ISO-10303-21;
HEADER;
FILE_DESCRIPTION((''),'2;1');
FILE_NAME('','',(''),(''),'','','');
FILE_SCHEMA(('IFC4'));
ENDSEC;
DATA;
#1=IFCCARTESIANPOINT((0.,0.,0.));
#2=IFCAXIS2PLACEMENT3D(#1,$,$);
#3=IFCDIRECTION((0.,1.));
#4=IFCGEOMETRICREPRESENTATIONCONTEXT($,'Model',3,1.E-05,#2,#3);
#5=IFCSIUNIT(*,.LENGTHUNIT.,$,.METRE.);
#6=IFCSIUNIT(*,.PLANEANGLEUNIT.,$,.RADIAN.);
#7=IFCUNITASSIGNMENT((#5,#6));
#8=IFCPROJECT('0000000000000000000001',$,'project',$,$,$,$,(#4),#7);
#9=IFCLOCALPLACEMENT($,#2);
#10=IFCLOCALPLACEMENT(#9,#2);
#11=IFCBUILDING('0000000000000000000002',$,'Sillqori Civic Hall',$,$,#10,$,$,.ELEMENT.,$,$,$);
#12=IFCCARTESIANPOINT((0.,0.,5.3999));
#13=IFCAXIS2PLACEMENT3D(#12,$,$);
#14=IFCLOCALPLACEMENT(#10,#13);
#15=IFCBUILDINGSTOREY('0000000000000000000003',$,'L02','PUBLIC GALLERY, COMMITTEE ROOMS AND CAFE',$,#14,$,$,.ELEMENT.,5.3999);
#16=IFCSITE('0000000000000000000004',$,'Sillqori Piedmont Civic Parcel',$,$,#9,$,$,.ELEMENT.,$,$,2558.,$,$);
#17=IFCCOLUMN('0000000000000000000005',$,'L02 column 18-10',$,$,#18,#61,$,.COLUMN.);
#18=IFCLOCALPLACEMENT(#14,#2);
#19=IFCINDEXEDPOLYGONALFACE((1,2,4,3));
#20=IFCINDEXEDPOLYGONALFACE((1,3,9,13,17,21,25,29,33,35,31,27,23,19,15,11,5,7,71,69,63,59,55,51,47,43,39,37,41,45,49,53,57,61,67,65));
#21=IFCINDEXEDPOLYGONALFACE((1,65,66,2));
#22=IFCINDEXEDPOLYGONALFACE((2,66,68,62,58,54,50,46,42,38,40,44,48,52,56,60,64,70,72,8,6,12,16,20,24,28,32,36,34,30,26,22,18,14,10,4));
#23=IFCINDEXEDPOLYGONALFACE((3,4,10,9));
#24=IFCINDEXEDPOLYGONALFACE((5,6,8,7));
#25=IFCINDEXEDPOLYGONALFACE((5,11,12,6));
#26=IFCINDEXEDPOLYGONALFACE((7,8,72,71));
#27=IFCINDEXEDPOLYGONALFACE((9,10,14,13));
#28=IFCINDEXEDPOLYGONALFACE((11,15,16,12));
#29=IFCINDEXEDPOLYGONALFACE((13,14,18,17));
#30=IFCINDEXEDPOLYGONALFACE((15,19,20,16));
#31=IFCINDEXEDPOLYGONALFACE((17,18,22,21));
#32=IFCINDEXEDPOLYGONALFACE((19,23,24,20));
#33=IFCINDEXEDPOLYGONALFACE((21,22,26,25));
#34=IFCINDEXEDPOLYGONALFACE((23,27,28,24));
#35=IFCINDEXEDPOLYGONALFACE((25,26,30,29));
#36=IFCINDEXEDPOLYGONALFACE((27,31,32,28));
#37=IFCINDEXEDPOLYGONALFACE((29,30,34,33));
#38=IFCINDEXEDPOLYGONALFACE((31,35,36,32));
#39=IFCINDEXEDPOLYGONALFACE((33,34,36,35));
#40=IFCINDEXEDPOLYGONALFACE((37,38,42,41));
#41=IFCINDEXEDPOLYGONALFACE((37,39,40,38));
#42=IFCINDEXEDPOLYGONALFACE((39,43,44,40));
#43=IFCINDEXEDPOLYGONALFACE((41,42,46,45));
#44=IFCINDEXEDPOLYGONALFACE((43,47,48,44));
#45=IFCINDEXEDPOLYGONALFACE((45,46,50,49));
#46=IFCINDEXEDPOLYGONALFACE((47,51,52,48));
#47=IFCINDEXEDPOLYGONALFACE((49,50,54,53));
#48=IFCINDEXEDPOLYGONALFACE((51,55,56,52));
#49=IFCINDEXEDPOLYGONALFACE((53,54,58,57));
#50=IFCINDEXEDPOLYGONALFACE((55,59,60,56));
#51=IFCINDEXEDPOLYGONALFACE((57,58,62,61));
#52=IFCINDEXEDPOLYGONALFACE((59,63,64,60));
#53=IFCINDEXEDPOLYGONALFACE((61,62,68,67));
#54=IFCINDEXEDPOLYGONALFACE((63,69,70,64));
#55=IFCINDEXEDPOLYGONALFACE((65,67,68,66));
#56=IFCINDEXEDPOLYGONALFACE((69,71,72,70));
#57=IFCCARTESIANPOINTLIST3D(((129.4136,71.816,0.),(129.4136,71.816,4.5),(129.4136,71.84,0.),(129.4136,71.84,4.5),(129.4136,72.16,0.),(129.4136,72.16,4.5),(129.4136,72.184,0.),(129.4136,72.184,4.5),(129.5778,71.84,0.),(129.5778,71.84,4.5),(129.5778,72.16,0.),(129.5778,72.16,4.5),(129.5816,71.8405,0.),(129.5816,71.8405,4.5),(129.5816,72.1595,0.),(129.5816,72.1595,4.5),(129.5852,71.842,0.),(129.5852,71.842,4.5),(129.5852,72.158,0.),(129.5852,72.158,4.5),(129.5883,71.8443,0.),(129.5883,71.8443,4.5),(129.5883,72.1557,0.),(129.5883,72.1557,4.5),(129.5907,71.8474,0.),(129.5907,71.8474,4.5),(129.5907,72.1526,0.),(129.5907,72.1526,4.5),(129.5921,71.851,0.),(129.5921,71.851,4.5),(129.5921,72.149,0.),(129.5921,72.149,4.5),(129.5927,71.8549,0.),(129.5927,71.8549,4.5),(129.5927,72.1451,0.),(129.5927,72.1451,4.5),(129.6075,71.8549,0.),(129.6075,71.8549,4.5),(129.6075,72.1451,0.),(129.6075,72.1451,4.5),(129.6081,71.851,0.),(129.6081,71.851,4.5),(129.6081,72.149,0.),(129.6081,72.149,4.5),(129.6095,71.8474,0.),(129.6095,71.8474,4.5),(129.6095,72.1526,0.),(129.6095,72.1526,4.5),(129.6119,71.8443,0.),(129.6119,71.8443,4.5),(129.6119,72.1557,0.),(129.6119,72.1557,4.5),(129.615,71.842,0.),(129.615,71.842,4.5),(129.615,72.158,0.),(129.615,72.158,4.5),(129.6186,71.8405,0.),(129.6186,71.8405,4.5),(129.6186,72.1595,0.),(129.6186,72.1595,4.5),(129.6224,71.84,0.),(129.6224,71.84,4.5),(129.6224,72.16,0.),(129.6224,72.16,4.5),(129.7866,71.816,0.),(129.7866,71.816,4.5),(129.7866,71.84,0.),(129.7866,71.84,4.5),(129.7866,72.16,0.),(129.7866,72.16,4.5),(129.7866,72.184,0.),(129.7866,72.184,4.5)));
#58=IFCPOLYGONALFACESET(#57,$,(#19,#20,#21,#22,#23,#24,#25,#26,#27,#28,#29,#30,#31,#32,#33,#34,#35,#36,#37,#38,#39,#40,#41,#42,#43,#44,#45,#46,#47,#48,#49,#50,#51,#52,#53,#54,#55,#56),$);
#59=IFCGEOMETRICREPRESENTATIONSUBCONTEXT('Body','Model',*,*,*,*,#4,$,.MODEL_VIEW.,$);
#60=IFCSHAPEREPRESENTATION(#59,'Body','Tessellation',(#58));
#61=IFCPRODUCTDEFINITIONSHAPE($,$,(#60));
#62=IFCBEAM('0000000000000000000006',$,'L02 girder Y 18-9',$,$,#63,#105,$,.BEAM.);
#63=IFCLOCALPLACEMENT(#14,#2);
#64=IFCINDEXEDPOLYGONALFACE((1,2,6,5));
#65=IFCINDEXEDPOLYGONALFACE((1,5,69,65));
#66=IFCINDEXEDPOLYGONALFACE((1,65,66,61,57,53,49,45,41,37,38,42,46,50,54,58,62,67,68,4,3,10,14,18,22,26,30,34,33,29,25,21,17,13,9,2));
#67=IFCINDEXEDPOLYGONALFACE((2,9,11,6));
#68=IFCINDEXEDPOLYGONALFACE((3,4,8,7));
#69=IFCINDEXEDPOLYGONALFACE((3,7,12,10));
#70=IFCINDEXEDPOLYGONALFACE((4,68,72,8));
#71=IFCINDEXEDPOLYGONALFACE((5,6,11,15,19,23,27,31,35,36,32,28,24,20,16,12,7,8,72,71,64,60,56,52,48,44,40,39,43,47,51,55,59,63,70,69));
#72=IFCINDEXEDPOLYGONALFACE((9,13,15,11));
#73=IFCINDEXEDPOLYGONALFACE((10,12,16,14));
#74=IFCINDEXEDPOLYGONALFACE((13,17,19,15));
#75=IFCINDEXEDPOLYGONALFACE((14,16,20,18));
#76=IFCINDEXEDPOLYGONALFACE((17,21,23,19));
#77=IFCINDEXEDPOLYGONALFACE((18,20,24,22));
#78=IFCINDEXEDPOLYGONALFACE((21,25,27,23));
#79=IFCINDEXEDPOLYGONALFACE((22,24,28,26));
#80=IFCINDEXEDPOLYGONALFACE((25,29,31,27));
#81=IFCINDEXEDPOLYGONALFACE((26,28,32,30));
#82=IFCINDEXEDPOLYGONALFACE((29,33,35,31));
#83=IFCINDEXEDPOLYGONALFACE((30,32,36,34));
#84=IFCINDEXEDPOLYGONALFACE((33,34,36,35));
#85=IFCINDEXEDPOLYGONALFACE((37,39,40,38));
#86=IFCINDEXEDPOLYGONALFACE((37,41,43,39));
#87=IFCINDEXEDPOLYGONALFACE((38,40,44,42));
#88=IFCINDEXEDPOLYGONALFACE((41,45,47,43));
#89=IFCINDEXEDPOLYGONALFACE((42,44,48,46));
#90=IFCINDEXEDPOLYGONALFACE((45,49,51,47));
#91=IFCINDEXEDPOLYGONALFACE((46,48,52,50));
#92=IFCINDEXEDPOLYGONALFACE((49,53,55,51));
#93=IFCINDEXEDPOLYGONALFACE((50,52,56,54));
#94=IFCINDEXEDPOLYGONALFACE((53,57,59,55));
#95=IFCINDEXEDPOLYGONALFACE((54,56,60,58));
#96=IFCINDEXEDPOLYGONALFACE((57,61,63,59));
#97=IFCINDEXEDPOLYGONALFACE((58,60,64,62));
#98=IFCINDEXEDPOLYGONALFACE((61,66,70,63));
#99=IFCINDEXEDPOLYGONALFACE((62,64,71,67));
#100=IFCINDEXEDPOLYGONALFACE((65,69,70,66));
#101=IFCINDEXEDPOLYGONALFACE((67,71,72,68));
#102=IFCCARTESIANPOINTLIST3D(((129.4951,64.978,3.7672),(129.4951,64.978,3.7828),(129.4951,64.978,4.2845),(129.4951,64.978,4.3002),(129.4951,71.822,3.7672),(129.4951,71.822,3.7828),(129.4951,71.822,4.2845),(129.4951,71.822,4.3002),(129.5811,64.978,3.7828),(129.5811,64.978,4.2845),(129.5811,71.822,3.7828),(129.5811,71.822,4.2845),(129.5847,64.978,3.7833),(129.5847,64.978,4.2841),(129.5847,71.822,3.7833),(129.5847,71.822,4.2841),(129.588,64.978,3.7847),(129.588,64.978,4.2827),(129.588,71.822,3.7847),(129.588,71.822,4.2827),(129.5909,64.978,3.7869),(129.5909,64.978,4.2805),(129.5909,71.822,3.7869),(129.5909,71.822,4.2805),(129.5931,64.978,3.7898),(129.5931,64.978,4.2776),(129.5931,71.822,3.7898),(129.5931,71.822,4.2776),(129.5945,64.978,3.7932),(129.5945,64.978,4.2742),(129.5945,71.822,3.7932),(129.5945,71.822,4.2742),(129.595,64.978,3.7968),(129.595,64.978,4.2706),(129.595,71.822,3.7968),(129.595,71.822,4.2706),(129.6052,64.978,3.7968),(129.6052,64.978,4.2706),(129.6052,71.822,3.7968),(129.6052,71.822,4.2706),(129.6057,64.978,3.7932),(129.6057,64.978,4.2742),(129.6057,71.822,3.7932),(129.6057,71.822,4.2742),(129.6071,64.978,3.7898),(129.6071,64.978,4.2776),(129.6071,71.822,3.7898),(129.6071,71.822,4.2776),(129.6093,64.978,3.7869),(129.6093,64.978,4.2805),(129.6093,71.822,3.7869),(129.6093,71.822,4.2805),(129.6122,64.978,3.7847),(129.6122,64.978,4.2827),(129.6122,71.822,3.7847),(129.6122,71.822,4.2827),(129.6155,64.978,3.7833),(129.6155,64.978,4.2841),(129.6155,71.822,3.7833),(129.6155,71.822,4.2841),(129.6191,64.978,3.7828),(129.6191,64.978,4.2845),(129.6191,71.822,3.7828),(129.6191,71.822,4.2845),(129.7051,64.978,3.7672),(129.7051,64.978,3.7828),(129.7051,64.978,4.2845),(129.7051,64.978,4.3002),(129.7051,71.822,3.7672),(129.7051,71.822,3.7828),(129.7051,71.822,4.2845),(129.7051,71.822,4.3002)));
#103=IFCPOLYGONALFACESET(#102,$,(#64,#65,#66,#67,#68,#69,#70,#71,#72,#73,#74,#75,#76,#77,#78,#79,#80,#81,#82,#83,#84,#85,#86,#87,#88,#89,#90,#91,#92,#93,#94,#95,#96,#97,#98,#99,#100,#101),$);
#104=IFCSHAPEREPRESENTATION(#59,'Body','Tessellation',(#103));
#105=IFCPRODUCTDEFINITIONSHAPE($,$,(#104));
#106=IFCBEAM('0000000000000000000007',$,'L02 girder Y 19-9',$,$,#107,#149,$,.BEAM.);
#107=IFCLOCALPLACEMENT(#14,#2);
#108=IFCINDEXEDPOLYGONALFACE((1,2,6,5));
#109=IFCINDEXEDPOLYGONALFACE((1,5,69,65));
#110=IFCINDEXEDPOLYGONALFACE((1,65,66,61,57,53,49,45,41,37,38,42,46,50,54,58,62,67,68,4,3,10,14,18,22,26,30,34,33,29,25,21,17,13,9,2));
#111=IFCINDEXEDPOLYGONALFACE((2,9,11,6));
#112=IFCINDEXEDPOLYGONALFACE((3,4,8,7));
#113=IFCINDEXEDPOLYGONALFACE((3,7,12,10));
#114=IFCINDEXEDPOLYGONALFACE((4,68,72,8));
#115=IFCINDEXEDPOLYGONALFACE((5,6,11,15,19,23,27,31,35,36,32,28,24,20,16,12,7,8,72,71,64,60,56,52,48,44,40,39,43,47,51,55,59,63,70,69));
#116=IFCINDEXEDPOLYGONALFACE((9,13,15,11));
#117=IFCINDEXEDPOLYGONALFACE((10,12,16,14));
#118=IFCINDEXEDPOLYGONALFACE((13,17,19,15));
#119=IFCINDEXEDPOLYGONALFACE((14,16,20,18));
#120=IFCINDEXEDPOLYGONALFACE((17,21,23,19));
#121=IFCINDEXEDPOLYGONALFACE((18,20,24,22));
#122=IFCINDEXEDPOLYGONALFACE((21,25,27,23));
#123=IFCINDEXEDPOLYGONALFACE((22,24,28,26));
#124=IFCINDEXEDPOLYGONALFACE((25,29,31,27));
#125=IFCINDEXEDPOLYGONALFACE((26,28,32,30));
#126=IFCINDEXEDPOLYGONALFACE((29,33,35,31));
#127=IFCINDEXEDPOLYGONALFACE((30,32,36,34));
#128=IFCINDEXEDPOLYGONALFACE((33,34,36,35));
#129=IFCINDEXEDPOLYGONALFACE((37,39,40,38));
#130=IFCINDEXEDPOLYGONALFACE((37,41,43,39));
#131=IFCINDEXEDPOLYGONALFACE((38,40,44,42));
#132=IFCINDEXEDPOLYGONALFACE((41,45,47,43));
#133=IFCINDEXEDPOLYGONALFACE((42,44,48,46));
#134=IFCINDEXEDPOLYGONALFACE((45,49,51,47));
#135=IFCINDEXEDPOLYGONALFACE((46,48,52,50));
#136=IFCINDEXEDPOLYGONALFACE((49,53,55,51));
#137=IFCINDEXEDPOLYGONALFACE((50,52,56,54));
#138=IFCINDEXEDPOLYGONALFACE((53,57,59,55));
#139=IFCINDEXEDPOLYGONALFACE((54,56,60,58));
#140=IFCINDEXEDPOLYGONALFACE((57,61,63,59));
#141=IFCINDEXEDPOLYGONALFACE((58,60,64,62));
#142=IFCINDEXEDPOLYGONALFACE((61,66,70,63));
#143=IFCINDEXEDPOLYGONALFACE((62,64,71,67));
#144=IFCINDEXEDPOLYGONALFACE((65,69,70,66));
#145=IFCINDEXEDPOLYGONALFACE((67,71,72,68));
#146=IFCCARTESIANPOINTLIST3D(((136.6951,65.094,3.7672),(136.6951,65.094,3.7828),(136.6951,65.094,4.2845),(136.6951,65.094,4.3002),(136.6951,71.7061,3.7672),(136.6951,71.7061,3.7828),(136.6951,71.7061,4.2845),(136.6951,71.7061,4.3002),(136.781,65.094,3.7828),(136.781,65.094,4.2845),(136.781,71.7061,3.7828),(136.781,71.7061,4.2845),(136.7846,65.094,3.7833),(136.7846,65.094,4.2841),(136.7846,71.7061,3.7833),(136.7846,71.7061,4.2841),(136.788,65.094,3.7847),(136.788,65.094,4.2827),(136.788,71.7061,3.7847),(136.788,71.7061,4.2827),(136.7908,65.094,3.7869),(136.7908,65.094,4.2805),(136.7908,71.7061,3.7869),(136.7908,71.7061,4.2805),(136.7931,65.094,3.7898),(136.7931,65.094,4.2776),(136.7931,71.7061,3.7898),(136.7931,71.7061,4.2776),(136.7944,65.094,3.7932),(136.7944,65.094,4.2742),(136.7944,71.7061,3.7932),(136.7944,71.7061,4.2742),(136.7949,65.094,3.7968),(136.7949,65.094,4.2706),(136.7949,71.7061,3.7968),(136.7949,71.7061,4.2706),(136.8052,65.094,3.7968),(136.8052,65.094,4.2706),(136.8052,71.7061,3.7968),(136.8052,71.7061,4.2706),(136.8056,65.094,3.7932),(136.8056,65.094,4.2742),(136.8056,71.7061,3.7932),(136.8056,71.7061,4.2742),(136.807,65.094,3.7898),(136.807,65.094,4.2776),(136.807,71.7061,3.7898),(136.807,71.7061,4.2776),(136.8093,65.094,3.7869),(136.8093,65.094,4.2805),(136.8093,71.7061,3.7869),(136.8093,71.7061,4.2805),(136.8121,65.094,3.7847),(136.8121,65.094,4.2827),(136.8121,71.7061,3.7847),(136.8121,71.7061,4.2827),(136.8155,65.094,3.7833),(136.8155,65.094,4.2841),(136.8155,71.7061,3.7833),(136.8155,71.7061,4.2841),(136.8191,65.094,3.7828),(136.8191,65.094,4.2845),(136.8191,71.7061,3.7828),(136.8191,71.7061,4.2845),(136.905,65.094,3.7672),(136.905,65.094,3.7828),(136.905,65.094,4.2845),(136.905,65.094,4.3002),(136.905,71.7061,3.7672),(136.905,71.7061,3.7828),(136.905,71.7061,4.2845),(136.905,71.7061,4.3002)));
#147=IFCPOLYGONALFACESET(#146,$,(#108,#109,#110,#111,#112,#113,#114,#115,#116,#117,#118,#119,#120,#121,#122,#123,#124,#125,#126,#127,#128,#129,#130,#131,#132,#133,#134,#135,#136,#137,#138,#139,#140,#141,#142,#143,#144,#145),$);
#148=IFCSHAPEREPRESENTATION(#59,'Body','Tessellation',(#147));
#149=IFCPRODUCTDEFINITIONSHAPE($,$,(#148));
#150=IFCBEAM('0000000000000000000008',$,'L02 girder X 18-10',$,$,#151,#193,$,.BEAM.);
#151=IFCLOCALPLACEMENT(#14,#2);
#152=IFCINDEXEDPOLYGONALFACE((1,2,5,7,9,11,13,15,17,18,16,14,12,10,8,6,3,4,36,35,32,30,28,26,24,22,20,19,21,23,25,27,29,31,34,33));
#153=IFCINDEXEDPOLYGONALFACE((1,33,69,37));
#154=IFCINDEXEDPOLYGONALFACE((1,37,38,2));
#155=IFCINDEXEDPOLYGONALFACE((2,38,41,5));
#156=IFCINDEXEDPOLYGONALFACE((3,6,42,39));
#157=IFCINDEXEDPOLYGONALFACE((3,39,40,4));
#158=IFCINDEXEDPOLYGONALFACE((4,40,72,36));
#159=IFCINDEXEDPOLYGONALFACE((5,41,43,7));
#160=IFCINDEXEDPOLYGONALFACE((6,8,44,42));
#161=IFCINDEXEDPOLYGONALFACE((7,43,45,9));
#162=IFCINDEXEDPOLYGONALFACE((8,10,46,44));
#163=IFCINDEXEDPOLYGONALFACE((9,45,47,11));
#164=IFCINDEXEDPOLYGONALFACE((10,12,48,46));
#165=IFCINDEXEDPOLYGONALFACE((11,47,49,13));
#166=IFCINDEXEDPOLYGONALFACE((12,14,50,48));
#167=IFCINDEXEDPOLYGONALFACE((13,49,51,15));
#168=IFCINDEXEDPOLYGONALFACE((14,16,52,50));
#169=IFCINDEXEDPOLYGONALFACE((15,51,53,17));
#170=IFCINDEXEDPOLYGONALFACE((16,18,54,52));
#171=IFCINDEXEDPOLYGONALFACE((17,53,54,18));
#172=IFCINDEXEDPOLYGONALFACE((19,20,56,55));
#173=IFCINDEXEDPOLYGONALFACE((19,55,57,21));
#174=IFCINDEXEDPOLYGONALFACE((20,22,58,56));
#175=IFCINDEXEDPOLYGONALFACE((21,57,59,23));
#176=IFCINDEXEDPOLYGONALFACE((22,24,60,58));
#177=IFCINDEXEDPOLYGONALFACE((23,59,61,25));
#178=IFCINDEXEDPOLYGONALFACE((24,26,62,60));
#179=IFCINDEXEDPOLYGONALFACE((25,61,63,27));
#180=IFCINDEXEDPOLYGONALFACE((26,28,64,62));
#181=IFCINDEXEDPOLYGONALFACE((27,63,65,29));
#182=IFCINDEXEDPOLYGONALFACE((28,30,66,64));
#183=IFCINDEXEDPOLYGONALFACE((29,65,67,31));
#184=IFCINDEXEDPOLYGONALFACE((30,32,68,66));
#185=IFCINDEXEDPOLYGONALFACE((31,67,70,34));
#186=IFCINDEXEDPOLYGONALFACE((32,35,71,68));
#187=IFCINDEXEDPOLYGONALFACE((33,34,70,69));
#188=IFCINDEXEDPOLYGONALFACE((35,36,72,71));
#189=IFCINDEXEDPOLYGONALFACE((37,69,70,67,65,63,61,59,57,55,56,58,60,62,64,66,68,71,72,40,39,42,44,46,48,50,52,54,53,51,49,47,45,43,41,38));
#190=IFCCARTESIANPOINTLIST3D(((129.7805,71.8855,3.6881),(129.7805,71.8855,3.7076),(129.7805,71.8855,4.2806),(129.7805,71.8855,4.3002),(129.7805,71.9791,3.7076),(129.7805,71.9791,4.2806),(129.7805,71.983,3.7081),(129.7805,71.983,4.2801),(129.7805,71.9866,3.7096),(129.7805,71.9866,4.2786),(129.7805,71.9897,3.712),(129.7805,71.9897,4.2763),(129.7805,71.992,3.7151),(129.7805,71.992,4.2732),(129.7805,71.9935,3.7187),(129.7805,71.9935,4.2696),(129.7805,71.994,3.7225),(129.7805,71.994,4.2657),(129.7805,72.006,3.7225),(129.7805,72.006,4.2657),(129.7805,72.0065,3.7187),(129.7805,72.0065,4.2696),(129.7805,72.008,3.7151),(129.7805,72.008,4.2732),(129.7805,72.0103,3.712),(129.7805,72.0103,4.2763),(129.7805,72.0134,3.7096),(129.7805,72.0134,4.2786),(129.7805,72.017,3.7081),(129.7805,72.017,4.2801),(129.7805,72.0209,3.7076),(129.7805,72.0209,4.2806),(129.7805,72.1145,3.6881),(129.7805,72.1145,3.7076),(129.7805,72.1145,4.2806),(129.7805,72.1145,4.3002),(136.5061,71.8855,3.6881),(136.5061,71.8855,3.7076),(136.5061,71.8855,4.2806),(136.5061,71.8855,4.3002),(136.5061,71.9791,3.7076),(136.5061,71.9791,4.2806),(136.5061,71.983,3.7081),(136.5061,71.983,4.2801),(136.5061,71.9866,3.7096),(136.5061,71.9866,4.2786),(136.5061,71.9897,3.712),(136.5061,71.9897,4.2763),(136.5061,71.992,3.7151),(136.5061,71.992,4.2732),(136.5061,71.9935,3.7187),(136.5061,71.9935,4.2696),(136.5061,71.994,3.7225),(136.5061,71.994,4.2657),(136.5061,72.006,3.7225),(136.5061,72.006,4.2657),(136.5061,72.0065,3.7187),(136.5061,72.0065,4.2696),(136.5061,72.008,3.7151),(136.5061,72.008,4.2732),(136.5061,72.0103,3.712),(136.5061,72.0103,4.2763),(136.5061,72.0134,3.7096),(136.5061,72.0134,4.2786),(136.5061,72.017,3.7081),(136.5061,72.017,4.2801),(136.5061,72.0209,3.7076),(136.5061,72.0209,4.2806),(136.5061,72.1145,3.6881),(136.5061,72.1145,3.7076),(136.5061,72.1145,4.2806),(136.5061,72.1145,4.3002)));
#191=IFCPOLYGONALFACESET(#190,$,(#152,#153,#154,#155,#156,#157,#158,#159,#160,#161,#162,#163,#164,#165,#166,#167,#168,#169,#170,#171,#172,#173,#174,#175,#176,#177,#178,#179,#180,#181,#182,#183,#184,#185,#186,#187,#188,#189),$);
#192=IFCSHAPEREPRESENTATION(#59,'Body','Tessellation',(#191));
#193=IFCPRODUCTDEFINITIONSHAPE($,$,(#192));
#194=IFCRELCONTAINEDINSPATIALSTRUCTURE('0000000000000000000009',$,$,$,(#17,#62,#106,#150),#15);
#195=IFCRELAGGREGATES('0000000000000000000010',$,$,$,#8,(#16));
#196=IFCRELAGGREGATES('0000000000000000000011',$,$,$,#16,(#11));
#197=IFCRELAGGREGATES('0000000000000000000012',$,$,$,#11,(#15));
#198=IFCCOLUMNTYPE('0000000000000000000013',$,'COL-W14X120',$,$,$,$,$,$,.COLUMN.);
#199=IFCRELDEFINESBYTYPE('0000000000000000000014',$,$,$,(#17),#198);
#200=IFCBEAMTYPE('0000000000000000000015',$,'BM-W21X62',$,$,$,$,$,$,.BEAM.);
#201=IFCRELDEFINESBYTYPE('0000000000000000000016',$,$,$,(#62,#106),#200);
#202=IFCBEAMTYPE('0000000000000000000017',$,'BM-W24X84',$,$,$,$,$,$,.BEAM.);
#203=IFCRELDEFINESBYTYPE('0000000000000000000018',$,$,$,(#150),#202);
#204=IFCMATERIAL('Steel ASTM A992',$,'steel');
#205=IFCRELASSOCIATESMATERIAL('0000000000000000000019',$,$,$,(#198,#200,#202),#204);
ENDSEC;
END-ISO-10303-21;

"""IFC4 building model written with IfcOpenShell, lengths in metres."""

from ifc_helpers import new_model, si_unit, direction, frame, origin, origin_2d, place, context, subcontext, project, spatial, i_section, extrude, material, material_profile, profile_set, type_object, element, save


model = new_model("IFC4")

# Units and contexts
model_context = context("Model", 3, precision=1e-05, world=origin(), true_north=direction((0.0, 1.0)))
body_context = subcontext(model_context, "Body", "Model", "MODEL_VIEW")
ifc_project = project(units=[si_unit("LENGTHUNIT", "METRE"), si_unit("PLANEANGLEUNIT", "RADIAN")], contexts=[model_context])

# Site, building, storey
site_placement = place(None, origin())
site = spatial("IfcSite", under=ifc_project, at=site_placement, Name="Sillqori Piedmont Civic Parcel", CompositionType="ELEMENT", RefElevation=2558.0)
building_placement = place(site_placement, origin())
building = spatial("IfcBuilding", under=site, at=building_placement, Name="Sillqori Civic Hall", CompositionType="ELEMENT")
storey_placement = place(building_placement, frame((0.0, 0.0, 5.3999)))
storey = spatial("IfcBuildingStorey", under=building, at=storey_placement, Name="L02", Description="PUBLIC GALLERY, COMMITTEE ROOMS AND CAFE", CompositionType="ELEMENT", Elevation=5.3999)

# Column
ifc_material_1 = material(Name="Steel ASTM A992", Category="steel")
ifc_material_profile_1 = material_profile(ifc_material_1, i_section(OverallWidth=0.373, OverallDepth=0.3679, WebThickness=0.0149, FlangeThickness=0.0239, FilletRadius=0.0149, at=origin_2d()), Name="W14X120")
ifc_profile_set_1 = profile_set([ifc_material_profile_1], Name="Steel ASTM A992")
column_type = type_object("IfcColumnType", Name="COL-W14X120", PredefinedType="COLUMN", material=ifc_profile_set_1)
column_placement = place(storey_placement, frame((129.6001, 72.0, 0.0), z_axis=(0.0, 0.0, 1.0), x_axis=(1.0, 0.0, 0.0)))
element("IfcColumn", 1, at=column_placement, inside=storey, type_object=column_type, Name="L02 column 18-10", PredefinedType="COLUMN", context=body_context, shape_type="SweptSolid", body=[
    extrude(i_section(OverallWidth=0.373, OverallDepth=0.3679, WebThickness=0.0149, FlangeThickness=0.0239, FilletRadius=0.0149, at=origin_2d()), origin(), (0.0, 0.0, 1.0), 4.5),
])

# Beams
ifc_material_profile_2 = material_profile(ifc_material_1, i_section(OverallWidth=0.21, OverallDepth=0.533, WebThickness=0.0103, FlangeThickness=0.0156, FilletRadius=0.0139, at=origin_2d()), Name="W21X62")
ifc_profile_set_2 = profile_set([ifc_material_profile_2], Name="Steel ASTM A992")
beam_type_1 = type_object("IfcBeamType", Name="BM-W21X62", PredefinedType="BEAM", material=ifc_profile_set_2)
beam_1_placement = place(storey_placement, frame((129.6001, 64.978, 4.0337), z_axis=(0.0, 1.0, 0.0), x_axis=(-1.0, 0.0, 0.0)))
element("IfcBeam", 2, at=beam_1_placement, inside=storey, type_object=beam_type_1, Name="L02 girder Y 18-9", PredefinedType="BEAM", context=body_context, shape_type="SweptSolid", body=[
    extrude(i_section(OverallWidth=0.21, OverallDepth=0.533, WebThickness=0.0103, FlangeThickness=0.0156, FilletRadius=0.0139, at=origin_2d()), origin(), (0.0, 0.0, 1.0), 6.844),
])
beam_2_placement = place(storey_placement, frame((136.8, 65.094, 4.0337), z_axis=(0.0, 1.0, 0.0), x_axis=(-1.0, 0.0, 0.0)))
element("IfcBeam", 3, at=beam_2_placement, inside=storey, type_object=beam_type_1, Name="L02 girder Y 19-9", PredefinedType="BEAM", context=body_context, shape_type="SweptSolid", body=[
    extrude(i_section(OverallWidth=0.21, OverallDepth=0.533, WebThickness=0.0103, FlangeThickness=0.0156, FilletRadius=0.0139, at=origin_2d()), origin(), (0.0, 0.0, 1.0), 6.6121),
])
ifc_material_profile_3 = material_profile(ifc_material_1, i_section(OverallWidth=0.229, OverallDepth=0.6121, WebThickness=0.012, FlangeThickness=0.0195, FilletRadius=0.0149, at=origin_2d()), Name="W24X84")
ifc_profile_set_3 = profile_set([ifc_material_profile_3], Name="Steel ASTM A992")
beam_type_2 = type_object("IfcBeamType", Name="BM-W24X84", PredefinedType="BEAM", material=ifc_profile_set_3)
beam_3_placement = place(storey_placement, frame((129.7805, 72.0, 3.9941), z_axis=(1.0, 0.0, 0.0), x_axis=(0.0, 1.0, 0.0)))
element("IfcBeam", 4, at=beam_3_placement, inside=storey, type_object=beam_type_2, Name="L02 girder X 18-10", PredefinedType="BEAM", context=body_context, shape_type="SweptSolid", body=[
    extrude(i_section(OverallWidth=0.229, OverallDepth=0.6121, WebThickness=0.012, FlangeThickness=0.0195, FilletRadius=0.0149, at=origin_2d()), origin(), (0.0, 0.0, 1.0), 6.7256),
])

save(model, "model.ifc")
